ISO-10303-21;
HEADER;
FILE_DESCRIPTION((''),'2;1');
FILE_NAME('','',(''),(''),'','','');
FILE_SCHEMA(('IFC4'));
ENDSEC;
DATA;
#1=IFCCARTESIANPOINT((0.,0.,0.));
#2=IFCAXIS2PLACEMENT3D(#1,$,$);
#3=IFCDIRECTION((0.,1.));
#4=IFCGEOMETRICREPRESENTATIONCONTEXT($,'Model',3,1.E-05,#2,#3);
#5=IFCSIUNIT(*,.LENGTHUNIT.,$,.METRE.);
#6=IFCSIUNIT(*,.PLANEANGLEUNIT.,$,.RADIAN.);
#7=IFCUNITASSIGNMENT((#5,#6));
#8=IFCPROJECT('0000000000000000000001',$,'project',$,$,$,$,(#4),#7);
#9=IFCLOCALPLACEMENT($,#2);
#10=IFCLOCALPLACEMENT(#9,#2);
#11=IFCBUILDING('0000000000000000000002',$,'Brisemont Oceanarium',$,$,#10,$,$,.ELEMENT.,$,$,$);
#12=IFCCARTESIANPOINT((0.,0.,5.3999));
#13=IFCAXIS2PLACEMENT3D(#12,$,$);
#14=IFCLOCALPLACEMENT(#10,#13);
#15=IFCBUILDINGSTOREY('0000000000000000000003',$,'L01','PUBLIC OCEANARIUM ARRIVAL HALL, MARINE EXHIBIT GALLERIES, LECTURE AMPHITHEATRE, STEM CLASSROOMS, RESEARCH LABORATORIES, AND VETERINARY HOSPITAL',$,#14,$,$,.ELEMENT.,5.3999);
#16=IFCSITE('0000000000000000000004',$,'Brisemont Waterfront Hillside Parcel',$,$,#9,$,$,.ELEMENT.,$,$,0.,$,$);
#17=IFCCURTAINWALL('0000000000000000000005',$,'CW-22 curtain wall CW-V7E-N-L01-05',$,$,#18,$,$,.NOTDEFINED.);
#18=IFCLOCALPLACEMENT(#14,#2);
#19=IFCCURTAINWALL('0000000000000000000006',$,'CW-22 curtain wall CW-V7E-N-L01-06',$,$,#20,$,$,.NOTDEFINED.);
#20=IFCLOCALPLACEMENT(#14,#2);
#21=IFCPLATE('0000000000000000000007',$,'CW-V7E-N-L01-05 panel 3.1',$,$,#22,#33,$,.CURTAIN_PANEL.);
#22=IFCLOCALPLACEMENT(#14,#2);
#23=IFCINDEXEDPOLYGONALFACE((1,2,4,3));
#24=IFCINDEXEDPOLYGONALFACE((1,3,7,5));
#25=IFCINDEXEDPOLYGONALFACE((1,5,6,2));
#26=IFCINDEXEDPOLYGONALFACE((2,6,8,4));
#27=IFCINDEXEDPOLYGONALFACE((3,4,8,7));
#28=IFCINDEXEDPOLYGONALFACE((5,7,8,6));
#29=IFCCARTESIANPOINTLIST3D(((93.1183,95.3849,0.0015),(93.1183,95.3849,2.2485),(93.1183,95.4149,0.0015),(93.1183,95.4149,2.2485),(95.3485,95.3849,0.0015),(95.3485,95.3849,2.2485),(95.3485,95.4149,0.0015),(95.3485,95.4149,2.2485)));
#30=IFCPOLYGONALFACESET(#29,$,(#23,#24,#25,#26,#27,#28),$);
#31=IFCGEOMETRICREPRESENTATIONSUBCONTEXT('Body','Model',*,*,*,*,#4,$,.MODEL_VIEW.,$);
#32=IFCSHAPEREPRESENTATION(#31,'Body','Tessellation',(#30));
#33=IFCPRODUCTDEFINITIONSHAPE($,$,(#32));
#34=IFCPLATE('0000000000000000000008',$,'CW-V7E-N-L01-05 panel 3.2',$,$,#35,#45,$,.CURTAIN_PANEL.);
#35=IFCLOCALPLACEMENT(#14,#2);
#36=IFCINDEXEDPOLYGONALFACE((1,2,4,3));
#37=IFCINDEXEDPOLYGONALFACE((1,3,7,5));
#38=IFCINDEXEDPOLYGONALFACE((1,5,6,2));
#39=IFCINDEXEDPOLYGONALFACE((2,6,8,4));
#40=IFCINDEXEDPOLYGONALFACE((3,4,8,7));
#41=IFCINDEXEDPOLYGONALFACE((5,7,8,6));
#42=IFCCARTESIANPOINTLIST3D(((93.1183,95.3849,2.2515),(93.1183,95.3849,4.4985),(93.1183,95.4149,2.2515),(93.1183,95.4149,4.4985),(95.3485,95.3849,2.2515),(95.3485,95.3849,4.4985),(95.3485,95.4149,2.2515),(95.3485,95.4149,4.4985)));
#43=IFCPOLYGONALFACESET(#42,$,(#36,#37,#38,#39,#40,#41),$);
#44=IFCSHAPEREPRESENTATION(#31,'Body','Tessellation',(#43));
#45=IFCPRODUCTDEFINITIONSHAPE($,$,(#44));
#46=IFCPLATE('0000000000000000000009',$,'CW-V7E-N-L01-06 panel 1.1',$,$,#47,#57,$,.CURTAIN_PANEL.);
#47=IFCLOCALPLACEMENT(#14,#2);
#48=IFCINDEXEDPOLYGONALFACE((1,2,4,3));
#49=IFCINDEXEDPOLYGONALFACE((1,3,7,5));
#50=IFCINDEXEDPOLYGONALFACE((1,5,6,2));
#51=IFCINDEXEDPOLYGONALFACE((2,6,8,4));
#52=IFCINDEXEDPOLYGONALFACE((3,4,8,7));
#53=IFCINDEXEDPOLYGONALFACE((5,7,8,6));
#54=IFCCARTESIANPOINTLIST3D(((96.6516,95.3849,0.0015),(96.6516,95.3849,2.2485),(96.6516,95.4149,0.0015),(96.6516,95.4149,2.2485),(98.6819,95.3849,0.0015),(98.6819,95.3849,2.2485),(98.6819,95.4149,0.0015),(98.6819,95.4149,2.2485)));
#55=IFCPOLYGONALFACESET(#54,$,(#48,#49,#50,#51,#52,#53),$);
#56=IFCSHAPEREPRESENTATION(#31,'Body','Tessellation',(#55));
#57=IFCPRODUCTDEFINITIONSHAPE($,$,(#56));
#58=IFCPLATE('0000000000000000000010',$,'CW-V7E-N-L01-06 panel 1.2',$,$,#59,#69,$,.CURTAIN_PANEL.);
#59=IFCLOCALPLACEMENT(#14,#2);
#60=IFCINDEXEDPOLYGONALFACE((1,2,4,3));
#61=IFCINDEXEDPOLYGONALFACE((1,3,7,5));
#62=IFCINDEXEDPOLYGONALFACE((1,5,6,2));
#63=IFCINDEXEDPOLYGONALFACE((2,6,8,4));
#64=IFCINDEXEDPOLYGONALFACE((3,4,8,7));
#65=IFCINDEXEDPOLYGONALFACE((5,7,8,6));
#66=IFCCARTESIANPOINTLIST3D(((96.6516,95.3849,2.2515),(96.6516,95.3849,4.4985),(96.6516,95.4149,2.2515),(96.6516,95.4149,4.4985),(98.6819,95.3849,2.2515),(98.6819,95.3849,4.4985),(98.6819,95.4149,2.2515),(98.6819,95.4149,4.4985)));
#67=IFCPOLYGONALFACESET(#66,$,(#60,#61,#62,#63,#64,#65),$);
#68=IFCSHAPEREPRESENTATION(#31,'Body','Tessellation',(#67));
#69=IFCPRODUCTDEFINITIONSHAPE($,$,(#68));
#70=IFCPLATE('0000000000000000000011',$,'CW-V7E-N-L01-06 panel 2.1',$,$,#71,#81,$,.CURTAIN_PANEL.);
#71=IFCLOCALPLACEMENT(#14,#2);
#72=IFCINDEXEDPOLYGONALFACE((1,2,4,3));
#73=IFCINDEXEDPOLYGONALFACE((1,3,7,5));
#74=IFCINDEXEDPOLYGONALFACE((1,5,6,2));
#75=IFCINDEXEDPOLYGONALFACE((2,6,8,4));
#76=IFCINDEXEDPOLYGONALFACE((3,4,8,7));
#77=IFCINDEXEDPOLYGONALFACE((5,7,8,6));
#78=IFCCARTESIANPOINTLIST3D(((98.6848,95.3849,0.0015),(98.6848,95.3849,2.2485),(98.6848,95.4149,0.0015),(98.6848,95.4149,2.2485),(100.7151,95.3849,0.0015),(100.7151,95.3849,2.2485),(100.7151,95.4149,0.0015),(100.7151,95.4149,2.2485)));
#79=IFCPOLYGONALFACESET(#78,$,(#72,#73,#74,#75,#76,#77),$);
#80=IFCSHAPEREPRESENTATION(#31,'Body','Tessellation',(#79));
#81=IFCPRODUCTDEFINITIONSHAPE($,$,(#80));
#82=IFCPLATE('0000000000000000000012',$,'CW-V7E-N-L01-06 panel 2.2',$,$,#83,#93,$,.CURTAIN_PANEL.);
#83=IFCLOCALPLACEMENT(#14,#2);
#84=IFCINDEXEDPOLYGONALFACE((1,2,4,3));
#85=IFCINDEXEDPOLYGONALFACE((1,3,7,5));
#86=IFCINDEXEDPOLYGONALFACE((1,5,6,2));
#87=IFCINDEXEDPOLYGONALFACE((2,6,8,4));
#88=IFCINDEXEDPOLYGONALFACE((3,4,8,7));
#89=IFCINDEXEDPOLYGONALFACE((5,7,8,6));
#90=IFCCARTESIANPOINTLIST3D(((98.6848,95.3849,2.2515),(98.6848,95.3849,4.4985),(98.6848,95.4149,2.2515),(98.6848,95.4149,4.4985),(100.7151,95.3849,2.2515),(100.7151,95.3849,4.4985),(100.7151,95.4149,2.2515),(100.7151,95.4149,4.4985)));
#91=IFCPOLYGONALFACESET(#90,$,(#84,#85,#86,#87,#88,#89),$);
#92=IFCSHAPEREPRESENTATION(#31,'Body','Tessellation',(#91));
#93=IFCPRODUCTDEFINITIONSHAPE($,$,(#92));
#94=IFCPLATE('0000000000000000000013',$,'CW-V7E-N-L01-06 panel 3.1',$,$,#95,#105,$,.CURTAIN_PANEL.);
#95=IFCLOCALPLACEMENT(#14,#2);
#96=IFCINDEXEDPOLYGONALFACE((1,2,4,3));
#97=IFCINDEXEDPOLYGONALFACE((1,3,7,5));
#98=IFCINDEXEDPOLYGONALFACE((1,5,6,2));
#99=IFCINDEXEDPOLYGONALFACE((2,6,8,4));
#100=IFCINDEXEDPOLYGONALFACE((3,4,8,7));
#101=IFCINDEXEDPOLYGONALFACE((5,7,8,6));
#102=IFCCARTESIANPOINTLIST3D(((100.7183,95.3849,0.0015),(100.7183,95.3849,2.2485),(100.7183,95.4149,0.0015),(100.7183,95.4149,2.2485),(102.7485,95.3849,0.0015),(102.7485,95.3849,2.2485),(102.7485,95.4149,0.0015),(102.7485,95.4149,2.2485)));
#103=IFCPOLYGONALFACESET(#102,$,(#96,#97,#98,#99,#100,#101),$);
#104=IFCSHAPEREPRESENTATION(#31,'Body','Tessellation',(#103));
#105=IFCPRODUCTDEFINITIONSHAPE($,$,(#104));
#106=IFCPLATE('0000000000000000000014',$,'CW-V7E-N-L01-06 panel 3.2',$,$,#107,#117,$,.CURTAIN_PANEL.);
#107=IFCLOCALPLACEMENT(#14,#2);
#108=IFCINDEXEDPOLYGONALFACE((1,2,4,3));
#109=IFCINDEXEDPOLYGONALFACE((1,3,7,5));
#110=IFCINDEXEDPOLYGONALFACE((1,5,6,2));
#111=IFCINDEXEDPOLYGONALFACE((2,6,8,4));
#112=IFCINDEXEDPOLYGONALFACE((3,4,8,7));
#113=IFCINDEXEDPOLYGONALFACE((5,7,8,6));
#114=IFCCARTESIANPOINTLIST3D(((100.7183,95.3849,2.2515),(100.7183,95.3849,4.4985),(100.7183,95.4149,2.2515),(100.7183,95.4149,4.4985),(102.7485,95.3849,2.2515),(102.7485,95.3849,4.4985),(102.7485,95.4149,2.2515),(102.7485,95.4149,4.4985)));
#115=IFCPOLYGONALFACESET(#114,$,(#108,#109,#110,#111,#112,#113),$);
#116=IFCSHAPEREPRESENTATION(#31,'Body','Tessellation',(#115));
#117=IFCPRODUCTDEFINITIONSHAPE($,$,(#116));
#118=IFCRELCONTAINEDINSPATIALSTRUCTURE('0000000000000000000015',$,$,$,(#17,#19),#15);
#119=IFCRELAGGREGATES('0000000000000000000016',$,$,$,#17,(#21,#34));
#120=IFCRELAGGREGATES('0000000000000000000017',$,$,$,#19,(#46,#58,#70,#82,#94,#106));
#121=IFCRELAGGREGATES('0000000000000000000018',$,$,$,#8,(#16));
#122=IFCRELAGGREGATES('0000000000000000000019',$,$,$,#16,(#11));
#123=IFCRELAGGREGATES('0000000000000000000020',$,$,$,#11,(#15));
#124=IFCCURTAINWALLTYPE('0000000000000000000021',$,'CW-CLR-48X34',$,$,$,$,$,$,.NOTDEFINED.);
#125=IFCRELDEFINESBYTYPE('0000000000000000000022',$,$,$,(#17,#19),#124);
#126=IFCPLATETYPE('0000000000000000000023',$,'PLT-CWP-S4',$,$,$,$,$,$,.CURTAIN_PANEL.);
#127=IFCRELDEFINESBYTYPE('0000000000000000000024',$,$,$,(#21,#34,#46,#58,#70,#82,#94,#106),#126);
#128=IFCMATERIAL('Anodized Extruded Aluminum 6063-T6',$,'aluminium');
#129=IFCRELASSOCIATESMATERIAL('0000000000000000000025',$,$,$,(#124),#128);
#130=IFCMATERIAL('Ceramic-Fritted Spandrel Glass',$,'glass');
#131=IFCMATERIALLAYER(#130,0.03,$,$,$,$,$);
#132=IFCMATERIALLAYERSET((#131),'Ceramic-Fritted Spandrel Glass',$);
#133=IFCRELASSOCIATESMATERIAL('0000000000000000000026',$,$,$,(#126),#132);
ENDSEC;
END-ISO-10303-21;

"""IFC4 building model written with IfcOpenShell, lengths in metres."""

from ifc_helpers import new_model, si_unit, direction, frame, origin, origin_2d, place, context, subcontext, project, spatial, rectangle, extrude, material, layer, layer_set, type_object, element, aggregate, save


model = new_model("IFC4")

# Units and contexts
model_context = context("Model", 3, precision=1e-05, world=origin(), true_north=direction((0.0, 1.0)))
body_context = subcontext(model_context, "Body", "Model", "MODEL_VIEW")
ifc_project = project(units=[si_unit("LENGTHUNIT", "METRE"), si_unit("PLANEANGLEUNIT", "RADIAN")], contexts=[model_context])

# Site, building, storey
site_placement = place(None, origin())
site = spatial("IfcSite", under=ifc_project, at=site_placement, Name="Brisemont Waterfront Hillside Parcel", CompositionType="ELEMENT", RefElevation=0.0)
building_placement = place(site_placement, origin())
building = spatial("IfcBuilding", under=site, at=building_placement, Name="Brisemont Oceanarium", CompositionType="ELEMENT")
storey_placement = place(building_placement, frame((0.0, 0.0, 5.3999)))
storey = spatial("IfcBuildingStorey", under=building, at=storey_placement, Name="L01", Description="PUBLIC OCEANARIUM ARRIVAL HALL, MARINE EXHIBIT GALLERIES, LECTURE AMPHITHEATRE, STEM CLASSROOMS, RESEARCH LABORATORIES, AND VETERINARY HOSPITAL", CompositionType="ELEMENT", Elevation=5.3999)

# Curtain walls
ifc_material_1 = material(Name="Anodized Extruded Aluminum 6063-T6", Category="aluminium")
curtain_wall_type = type_object("IfcCurtainWallType", Name="CW-CLR-48X34", PredefinedType="NOTDEFINED", material=ifc_material_1)
curtain_wall_1_placement = place(storey_placement, origin())
curtain_wall_1 = element("IfcCurtainWall", 1, at=curtain_wall_1_placement, inside=storey, type_object=curtain_wall_type, Name="CW-22 curtain wall CW-V7E-N-L01-05", PredefinedType="NOTDEFINED")
curtain_wall_2_placement = place(storey_placement, origin())
curtain_wall_2 = element("IfcCurtainWall", 2, at=curtain_wall_2_placement, inside=storey, type_object=curtain_wall_type, Name="CW-22 curtain wall CW-V7E-N-L01-06", PredefinedType="NOTDEFINED")

# Plates
ifc_material_2 = material(Name="Ceramic-Fritted Spandrel Glass", Category="glass")
ifc_layer = layer(ifc_material_2, 0.03)
ifc_layer_set = layer_set([ifc_layer], Name="Ceramic-Fritted Spandrel Glass")
plate_type = type_object("IfcPlateType", Name="PLT-CWP-S4", PredefinedType="CURTAIN_PANEL", material=ifc_layer_set)
plate_1_placement = place(storey_placement, frame((94.2334, 95.3999, 0.0015), z_axis=(0.0, 0.0, 1.0), x_axis=(1.0, 0.0, 0.0)))
plate_1 = element("IfcPlate", 3, at=plate_1_placement, type_object=plate_type, Name="CW-V7E-N-L01-05 panel 3.1", PredefinedType="CURTAIN_PANEL", context=body_context, shape_type="SweptSolid", body=[
    extrude(rectangle(XDim=2.2302, YDim=0.03, at=origin_2d()), origin(), (0.0, 0.0, 1.0), 2.2471),
])
plate_2_placement = place(storey_placement, frame((94.2334, 95.3999, 2.2515), z_axis=(0.0, 0.0, 1.0), x_axis=(1.0, 0.0, 0.0)))
plate_2 = element("IfcPlate", 4, at=plate_2_placement, type_object=plate_type, Name="CW-V7E-N-L01-05 panel 3.2", PredefinedType="CURTAIN_PANEL", context=body_context, shape_type="SweptSolid", body=[
    extrude(rectangle(XDim=2.2302, YDim=0.03, at=origin_2d()), origin(), (0.0, 0.0, 1.0), 2.2471),
])
aggregate(curtain_wall_1, [plate_1, plate_2])
plate_3_placement = place(storey_placement, frame((97.6667, 95.3999, 0.0015), z_axis=(0.0, 0.0, 1.0), x_axis=(1.0, 0.0, 0.0)))
plate_3 = element("IfcPlate", 5, at=plate_3_placement, type_object=plate_type, Name="CW-V7E-N-L01-06 panel 1.1", PredefinedType="CURTAIN_PANEL", context=body_context, shape_type="SweptSolid", body=[
    extrude(rectangle(XDim=2.0303, YDim=0.03, at=origin_2d()), origin(), (0.0, 0.0, 1.0), 2.2471),
])
plate_4_placement = place(storey_placement, frame((97.6667, 95.3999, 2.2515), z_axis=(0.0, 0.0, 1.0), x_axis=(1.0, 0.0, 0.0)))
plate_4 = element("IfcPlate", 6, at=plate_4_placement, type_object=plate_type, Name="CW-V7E-N-L01-06 panel 1.2", PredefinedType="CURTAIN_PANEL", context=body_context, shape_type="SweptSolid", body=[
    extrude(rectangle(XDim=2.0303, YDim=0.03, at=origin_2d()), origin(), (0.0, 0.0, 1.0), 2.2471),
])
plate_5_placement = place(storey_placement, frame((99.7, 95.3999, 0.0015), z_axis=(0.0, 0.0, 1.0), x_axis=(1.0, 0.0, 0.0)))
plate_5 = element("IfcPlate", 7, at=plate_5_placement, type_object=plate_type, Name="CW-V7E-N-L01-06 panel 2.1", PredefinedType="CURTAIN_PANEL", context=body_context, shape_type="SweptSolid", body=[
    extrude(rectangle(XDim=2.0303, YDim=0.03, at=origin_2d()), origin(), (0.0, 0.0, 1.0), 2.2471),
])
plate_6_placement = place(storey_placement, frame((99.7, 95.3999, 2.2515), z_axis=(0.0, 0.0, 1.0), x_axis=(1.0, 0.0, 0.0)))
plate_6 = element("IfcPlate", 8, at=plate_6_placement, type_object=plate_type, Name="CW-V7E-N-L01-06 panel 2.2", PredefinedType="CURTAIN_PANEL", context=body_context, shape_type="SweptSolid", body=[
    extrude(rectangle(XDim=2.0303, YDim=0.03, at=origin_2d()), origin(), (0.0, 0.0, 1.0), 2.2471),
])
plate_7_placement = place(storey_placement, frame((101.7334, 95.3999, 0.0015), z_axis=(0.0, 0.0, 1.0), x_axis=(1.0, 0.0, 0.0)))
plate_7 = element("IfcPlate", 9, at=plate_7_placement, type_object=plate_type, Name="CW-V7E-N-L01-06 panel 3.1", PredefinedType="CURTAIN_PANEL", context=body_context, shape_type="SweptSolid", body=[
    extrude(rectangle(XDim=2.0303, YDim=0.03, at=origin_2d()), origin(), (0.0, 0.0, 1.0), 2.2471),
])
plate_8_placement = place(storey_placement, frame((101.7334, 95.3999, 2.2515), z_axis=(0.0, 0.0, 1.0), x_axis=(1.0, 0.0, 0.0)))
plate_8 = element("IfcPlate", 10, at=plate_8_placement, type_object=plate_type, Name="CW-V7E-N-L01-06 panel 3.2", PredefinedType="CURTAIN_PANEL", context=body_context, shape_type="SweptSolid", body=[
    extrude(rectangle(XDim=2.0303, YDim=0.03, at=origin_2d()), origin(), (0.0, 0.0, 1.0), 2.2471),
])
aggregate(curtain_wall_2, [plate_3, plate_4, plate_5, plate_6, plate_7, plate_8])

save(model, "model.ifc")
